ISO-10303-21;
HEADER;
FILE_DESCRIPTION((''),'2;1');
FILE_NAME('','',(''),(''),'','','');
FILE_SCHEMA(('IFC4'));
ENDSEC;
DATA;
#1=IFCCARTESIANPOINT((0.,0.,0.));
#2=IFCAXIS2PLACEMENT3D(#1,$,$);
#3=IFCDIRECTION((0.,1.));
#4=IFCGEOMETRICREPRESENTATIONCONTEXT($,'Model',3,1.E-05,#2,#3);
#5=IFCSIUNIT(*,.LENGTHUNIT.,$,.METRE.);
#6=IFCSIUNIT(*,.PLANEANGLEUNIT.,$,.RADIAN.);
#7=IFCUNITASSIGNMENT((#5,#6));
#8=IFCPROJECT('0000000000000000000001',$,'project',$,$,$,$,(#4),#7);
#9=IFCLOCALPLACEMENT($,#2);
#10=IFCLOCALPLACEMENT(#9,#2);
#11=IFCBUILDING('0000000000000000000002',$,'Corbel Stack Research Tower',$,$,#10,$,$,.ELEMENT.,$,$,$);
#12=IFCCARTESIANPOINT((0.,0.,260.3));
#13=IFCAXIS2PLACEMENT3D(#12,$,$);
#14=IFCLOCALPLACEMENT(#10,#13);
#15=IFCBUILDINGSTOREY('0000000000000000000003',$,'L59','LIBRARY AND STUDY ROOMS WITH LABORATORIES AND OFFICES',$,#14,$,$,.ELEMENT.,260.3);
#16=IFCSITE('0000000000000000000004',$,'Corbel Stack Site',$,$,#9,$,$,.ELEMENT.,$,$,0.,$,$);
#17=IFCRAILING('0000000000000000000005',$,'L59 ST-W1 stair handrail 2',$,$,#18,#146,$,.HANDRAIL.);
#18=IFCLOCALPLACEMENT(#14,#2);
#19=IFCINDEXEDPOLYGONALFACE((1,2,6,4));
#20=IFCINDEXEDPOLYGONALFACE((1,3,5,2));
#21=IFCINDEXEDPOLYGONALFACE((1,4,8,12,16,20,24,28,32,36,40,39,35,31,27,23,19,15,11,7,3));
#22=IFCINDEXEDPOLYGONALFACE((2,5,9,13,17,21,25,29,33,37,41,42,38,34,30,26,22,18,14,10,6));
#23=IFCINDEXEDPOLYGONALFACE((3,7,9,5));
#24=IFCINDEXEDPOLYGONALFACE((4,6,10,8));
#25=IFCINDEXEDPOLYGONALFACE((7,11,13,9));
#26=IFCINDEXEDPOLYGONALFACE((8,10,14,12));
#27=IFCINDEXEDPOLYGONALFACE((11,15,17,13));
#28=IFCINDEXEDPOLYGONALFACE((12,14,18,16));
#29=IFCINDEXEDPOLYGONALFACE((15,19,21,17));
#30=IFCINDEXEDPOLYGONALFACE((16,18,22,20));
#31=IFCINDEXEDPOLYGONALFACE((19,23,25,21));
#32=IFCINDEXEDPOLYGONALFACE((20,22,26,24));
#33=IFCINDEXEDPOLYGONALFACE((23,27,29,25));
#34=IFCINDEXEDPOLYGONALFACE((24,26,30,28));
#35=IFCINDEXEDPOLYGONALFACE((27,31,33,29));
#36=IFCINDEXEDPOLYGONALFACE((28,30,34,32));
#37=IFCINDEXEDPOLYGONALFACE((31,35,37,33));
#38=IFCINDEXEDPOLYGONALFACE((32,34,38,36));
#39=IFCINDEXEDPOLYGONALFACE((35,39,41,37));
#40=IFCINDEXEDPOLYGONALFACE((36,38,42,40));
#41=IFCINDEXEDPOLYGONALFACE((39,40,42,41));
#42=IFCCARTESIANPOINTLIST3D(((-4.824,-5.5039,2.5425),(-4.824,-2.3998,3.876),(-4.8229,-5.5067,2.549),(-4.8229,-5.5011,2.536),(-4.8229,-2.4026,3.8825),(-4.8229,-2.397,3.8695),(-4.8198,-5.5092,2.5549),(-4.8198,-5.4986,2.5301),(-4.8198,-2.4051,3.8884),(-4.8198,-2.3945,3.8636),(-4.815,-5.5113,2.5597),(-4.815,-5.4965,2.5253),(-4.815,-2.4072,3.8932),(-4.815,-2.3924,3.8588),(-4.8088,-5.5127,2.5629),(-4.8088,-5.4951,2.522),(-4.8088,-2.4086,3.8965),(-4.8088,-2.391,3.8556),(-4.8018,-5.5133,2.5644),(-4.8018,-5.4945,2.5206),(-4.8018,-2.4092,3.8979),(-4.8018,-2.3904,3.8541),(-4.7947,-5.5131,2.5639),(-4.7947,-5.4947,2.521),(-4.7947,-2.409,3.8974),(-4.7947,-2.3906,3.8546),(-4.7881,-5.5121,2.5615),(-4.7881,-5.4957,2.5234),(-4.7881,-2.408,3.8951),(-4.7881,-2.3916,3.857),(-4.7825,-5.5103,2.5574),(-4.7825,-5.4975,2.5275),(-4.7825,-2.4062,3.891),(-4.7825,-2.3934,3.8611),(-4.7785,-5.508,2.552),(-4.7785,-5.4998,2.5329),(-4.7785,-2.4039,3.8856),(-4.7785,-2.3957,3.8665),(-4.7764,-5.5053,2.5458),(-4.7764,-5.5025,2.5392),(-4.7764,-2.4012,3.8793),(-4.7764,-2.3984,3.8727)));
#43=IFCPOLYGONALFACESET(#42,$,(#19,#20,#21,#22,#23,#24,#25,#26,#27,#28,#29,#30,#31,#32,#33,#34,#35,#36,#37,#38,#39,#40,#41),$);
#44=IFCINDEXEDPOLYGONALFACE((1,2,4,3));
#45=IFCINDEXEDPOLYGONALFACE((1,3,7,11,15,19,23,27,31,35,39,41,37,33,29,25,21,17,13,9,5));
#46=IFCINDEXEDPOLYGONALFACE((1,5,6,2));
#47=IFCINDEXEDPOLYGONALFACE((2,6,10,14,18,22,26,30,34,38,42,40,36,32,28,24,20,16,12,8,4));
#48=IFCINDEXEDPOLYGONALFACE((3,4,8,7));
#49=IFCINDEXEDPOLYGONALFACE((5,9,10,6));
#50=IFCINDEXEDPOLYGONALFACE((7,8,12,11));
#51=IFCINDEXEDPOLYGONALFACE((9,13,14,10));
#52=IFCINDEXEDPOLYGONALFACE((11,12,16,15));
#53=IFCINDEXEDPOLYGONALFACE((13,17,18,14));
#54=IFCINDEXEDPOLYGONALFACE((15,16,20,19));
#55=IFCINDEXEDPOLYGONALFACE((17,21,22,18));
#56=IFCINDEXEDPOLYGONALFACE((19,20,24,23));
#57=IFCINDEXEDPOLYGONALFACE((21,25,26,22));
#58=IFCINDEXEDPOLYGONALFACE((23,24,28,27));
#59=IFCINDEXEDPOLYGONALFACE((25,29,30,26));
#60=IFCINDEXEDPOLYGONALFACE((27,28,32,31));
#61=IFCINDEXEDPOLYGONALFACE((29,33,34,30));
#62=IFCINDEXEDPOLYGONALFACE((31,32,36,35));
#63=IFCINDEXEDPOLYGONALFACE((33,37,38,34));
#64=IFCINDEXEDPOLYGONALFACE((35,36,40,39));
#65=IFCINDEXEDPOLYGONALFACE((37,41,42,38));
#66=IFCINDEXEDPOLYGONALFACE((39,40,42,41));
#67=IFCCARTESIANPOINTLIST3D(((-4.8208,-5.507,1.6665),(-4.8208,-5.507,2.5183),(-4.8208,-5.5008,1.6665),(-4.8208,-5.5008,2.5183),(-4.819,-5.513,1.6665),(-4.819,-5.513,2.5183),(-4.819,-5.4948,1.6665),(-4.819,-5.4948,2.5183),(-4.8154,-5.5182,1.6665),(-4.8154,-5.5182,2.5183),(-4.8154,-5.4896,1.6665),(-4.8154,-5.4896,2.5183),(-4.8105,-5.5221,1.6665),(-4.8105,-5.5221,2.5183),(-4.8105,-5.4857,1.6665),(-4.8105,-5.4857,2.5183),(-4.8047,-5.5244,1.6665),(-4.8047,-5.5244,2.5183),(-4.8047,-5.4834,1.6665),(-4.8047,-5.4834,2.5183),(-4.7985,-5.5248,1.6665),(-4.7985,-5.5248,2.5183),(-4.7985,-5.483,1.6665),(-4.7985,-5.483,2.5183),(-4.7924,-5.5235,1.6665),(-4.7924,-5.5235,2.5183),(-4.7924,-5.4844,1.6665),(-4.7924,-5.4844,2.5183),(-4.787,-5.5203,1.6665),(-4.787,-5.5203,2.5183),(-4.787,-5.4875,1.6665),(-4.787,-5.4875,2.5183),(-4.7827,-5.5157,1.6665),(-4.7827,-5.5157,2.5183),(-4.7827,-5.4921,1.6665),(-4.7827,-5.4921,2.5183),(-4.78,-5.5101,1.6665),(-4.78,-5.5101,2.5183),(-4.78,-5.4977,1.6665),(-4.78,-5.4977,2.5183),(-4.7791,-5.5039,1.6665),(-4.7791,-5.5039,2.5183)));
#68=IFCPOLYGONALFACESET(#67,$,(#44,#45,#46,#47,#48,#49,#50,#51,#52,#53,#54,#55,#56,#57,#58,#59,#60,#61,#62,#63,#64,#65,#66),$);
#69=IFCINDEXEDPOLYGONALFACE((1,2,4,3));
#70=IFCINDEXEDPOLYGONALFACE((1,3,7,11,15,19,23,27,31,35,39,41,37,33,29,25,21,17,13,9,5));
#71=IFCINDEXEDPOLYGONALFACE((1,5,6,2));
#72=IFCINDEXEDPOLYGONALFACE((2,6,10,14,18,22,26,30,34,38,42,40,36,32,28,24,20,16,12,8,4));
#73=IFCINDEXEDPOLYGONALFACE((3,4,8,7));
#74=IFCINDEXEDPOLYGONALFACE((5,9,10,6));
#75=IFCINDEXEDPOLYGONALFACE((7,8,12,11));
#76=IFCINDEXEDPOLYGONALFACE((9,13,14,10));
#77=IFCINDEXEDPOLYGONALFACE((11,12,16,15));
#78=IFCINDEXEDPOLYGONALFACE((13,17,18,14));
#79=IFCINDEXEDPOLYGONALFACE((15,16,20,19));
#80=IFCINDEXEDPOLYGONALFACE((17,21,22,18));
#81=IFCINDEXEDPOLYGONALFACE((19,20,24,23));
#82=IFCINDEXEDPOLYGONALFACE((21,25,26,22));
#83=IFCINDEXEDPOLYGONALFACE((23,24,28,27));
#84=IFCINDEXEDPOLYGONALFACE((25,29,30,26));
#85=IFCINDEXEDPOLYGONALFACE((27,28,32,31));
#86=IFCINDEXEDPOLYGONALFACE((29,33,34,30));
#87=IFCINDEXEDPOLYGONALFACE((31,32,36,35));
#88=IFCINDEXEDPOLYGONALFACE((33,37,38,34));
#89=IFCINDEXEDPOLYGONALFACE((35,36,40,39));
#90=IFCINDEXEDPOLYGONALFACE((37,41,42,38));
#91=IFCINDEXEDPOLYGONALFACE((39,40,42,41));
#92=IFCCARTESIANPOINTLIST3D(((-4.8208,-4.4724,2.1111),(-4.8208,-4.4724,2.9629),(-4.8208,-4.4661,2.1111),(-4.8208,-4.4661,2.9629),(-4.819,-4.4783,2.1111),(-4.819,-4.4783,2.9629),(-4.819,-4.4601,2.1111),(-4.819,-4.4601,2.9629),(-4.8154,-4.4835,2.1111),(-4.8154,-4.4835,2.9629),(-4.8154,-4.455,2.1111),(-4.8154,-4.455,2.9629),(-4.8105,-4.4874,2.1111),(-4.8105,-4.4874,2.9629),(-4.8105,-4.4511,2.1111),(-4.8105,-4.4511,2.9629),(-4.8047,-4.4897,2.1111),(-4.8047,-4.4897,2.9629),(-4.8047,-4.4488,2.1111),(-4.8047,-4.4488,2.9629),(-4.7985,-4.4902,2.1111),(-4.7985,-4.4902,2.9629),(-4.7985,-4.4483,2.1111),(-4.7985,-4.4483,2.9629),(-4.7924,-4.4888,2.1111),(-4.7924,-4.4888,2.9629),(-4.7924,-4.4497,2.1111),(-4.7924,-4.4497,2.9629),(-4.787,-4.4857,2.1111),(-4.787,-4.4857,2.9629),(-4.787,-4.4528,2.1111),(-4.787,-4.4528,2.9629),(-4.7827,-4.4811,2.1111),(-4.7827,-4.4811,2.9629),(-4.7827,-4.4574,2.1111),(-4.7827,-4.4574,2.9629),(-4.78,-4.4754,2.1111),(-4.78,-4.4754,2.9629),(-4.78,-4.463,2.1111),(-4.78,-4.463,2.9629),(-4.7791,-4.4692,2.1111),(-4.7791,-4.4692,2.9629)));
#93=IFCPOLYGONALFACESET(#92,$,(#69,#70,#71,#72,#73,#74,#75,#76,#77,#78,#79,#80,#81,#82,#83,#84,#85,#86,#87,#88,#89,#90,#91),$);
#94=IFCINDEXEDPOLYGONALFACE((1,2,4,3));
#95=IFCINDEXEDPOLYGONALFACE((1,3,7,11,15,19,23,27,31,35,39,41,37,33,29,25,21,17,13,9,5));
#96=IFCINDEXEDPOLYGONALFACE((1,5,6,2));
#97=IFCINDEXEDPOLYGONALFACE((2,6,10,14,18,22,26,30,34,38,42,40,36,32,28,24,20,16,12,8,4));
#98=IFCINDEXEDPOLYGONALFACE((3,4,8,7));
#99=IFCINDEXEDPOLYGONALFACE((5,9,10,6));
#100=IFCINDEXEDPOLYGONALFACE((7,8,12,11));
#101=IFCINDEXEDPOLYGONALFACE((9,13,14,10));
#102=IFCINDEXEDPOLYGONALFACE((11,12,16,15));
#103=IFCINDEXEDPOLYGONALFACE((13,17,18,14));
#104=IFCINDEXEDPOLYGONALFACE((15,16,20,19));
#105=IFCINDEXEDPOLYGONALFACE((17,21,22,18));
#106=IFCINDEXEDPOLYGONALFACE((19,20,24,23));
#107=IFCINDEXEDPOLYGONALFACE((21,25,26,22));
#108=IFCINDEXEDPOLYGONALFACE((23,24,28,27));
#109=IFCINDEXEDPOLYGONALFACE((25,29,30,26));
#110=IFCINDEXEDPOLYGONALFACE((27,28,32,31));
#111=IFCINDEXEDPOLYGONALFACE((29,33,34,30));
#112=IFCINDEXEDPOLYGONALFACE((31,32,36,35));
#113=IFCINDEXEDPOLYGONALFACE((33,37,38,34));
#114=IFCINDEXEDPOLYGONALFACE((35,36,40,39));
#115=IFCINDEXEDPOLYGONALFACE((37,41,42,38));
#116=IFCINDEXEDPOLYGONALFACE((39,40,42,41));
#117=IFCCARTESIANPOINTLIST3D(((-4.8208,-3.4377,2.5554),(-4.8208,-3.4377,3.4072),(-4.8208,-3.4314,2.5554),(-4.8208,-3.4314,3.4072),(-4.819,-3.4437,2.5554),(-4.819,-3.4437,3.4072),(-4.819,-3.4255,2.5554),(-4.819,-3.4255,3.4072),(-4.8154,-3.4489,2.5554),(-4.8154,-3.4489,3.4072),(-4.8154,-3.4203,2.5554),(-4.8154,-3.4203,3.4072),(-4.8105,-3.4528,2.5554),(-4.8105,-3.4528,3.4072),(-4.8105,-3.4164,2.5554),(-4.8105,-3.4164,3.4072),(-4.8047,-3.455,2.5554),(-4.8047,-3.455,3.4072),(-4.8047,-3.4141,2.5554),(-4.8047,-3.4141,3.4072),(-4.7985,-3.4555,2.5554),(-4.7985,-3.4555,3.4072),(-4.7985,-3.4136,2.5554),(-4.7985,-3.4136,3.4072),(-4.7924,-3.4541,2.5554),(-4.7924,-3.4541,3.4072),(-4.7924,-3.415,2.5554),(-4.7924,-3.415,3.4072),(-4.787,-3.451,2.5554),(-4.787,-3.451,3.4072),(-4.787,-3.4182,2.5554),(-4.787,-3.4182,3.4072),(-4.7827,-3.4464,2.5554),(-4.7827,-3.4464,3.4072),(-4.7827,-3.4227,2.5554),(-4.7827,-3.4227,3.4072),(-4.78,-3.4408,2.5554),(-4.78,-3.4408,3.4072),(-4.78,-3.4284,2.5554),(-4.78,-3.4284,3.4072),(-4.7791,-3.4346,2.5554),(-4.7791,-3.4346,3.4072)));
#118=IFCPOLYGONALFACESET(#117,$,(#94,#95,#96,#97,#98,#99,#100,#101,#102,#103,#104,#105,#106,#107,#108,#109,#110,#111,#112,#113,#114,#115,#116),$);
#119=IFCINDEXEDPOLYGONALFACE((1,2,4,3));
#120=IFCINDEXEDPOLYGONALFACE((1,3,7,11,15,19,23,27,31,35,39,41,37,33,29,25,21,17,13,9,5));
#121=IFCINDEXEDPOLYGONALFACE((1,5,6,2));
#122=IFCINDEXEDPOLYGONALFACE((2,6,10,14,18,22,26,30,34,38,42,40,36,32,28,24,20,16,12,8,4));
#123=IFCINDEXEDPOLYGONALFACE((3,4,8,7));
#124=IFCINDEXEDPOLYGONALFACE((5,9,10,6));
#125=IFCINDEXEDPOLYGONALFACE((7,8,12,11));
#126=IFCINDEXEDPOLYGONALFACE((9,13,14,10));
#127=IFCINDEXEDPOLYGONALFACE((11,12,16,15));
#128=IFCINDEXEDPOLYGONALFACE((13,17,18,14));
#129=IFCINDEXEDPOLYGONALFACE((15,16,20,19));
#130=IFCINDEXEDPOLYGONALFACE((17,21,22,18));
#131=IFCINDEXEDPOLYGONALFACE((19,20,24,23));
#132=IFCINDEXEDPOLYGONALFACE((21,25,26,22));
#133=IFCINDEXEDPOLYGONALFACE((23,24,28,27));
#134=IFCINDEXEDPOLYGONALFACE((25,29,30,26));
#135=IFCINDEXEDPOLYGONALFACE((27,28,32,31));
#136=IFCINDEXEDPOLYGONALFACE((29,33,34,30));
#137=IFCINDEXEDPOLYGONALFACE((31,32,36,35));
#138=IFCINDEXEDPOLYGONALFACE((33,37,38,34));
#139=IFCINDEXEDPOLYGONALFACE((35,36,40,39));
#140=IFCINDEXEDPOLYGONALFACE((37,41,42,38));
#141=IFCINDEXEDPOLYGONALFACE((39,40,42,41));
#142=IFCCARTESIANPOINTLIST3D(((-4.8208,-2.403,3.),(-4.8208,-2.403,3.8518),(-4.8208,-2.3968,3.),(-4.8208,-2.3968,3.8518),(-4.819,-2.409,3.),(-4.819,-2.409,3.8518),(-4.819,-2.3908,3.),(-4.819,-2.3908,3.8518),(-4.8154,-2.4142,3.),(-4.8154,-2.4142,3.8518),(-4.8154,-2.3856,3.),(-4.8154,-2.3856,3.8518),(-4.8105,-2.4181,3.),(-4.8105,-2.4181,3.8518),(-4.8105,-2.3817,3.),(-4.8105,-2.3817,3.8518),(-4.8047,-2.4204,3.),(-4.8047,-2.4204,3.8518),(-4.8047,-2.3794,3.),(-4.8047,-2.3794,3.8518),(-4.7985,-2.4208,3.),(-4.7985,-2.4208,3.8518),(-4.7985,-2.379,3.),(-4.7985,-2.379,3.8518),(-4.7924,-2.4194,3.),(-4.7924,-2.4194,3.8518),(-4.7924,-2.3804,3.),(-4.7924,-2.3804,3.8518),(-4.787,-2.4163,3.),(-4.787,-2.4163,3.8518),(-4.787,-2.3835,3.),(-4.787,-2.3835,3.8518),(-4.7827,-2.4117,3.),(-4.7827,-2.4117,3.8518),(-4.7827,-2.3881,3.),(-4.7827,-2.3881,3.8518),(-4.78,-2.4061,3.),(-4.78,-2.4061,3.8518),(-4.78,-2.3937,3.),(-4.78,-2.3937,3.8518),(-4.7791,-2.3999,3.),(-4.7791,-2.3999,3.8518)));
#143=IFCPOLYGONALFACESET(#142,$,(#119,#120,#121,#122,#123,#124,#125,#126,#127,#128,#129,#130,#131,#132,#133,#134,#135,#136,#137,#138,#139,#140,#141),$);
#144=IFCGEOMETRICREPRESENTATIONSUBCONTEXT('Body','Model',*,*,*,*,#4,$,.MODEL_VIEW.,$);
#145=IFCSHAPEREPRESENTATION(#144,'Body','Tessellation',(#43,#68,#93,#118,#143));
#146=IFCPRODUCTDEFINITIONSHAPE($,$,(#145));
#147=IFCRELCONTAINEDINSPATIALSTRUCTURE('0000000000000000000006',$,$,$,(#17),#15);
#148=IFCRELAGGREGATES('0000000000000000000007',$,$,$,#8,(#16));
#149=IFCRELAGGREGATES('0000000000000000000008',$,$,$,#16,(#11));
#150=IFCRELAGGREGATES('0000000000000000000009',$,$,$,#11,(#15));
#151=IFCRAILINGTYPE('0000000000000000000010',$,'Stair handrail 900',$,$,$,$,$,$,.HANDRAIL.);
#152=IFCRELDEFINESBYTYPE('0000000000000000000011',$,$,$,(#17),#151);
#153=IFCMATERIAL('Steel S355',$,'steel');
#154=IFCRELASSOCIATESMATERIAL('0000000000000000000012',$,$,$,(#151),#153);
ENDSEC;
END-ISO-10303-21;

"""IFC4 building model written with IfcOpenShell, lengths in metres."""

from ifc_helpers import new_model, si_unit, direction, frame, origin, origin_2d, place, context, subcontext, project, spatial, circle, extrude, material, type_object, element, save


model = new_model("IFC4")

# Units and contexts
model_context = context("Model", 3, precision=1e-05, world=origin(), true_north=direction((0.0, 1.0)))
body_context = subcontext(model_context, "Body", "Model", "MODEL_VIEW")
ifc_project = project(units=[si_unit("LENGTHUNIT", "METRE"), si_unit("PLANEANGLEUNIT", "RADIAN")], contexts=[model_context])

# Site, building, storey
site_placement = place(None, origin())
site = spatial("IfcSite", under=ifc_project, at=site_placement, Name="Corbel Stack Site", CompositionType="ELEMENT", RefElevation=0.0)
building_placement = place(site_placement, origin())
building = spatial("IfcBuilding", under=site, at=building_placement, Name="Corbel Stack Research Tower", CompositionType="ELEMENT")
storey_placement = place(building_placement, frame((0.0, 0.0, 260.3)))
storey = spatial("IfcBuildingStorey", under=building, at=storey_placement, Name="L59", Description="LIBRARY AND STUDY ROOMS WITH LABORATORIES AND OFFICES", CompositionType="ELEMENT", Elevation=260.3)

# Railing
ifc_material_1 = material(Name="Steel S355", Category="steel")
railing_type_1 = type_object("IfcRailingType", Name="Stair handrail 900", PredefinedType="HANDRAIL", material=ifc_material_1)
for number, where, name in (
    (1, (-4.8, -5.5039, 1.6665), "L59 ST-W1 stair handrail 2"),
):
    element("IfcRailing", number, at=place(storey_placement, frame(where)), inside=storey, type_object=railing_type_1, Name=name, PredefinedType="HANDRAIL", context=body_context, shape_type="SweptSolid", body=[
        extrude(circle(Radius=0.0239, at=origin_2d()), frame((0.0, 0.0, 0.876), z_axis=(0.0, 0.918801, 0.394722), x_axis=(-1.0, 0.0, 0.0)), (0.0, 0.0, 1.0), 3.3784),
        extrude(circle(Radius=0.021, at=origin_2d()), origin(), (0.0, 0.0, 1.0), 0.8518),
        extrude(circle(Radius=0.021, at=origin_2d()), frame((0.0, 1.0347, 0.4446)), (0.0, 0.0, 1.0), 0.8518),
        extrude(circle(Radius=0.021, at=origin_2d()), frame((0.0, 2.0693, 0.8889)), (0.0, 0.0, 1.0), 0.8518),
        extrude(circle(Radius=0.021, at=origin_2d()), frame((0.0, 3.104, 1.3335)), (0.0, 0.0, 1.0), 0.8518),
    ])

save(model, "model.ifc")
